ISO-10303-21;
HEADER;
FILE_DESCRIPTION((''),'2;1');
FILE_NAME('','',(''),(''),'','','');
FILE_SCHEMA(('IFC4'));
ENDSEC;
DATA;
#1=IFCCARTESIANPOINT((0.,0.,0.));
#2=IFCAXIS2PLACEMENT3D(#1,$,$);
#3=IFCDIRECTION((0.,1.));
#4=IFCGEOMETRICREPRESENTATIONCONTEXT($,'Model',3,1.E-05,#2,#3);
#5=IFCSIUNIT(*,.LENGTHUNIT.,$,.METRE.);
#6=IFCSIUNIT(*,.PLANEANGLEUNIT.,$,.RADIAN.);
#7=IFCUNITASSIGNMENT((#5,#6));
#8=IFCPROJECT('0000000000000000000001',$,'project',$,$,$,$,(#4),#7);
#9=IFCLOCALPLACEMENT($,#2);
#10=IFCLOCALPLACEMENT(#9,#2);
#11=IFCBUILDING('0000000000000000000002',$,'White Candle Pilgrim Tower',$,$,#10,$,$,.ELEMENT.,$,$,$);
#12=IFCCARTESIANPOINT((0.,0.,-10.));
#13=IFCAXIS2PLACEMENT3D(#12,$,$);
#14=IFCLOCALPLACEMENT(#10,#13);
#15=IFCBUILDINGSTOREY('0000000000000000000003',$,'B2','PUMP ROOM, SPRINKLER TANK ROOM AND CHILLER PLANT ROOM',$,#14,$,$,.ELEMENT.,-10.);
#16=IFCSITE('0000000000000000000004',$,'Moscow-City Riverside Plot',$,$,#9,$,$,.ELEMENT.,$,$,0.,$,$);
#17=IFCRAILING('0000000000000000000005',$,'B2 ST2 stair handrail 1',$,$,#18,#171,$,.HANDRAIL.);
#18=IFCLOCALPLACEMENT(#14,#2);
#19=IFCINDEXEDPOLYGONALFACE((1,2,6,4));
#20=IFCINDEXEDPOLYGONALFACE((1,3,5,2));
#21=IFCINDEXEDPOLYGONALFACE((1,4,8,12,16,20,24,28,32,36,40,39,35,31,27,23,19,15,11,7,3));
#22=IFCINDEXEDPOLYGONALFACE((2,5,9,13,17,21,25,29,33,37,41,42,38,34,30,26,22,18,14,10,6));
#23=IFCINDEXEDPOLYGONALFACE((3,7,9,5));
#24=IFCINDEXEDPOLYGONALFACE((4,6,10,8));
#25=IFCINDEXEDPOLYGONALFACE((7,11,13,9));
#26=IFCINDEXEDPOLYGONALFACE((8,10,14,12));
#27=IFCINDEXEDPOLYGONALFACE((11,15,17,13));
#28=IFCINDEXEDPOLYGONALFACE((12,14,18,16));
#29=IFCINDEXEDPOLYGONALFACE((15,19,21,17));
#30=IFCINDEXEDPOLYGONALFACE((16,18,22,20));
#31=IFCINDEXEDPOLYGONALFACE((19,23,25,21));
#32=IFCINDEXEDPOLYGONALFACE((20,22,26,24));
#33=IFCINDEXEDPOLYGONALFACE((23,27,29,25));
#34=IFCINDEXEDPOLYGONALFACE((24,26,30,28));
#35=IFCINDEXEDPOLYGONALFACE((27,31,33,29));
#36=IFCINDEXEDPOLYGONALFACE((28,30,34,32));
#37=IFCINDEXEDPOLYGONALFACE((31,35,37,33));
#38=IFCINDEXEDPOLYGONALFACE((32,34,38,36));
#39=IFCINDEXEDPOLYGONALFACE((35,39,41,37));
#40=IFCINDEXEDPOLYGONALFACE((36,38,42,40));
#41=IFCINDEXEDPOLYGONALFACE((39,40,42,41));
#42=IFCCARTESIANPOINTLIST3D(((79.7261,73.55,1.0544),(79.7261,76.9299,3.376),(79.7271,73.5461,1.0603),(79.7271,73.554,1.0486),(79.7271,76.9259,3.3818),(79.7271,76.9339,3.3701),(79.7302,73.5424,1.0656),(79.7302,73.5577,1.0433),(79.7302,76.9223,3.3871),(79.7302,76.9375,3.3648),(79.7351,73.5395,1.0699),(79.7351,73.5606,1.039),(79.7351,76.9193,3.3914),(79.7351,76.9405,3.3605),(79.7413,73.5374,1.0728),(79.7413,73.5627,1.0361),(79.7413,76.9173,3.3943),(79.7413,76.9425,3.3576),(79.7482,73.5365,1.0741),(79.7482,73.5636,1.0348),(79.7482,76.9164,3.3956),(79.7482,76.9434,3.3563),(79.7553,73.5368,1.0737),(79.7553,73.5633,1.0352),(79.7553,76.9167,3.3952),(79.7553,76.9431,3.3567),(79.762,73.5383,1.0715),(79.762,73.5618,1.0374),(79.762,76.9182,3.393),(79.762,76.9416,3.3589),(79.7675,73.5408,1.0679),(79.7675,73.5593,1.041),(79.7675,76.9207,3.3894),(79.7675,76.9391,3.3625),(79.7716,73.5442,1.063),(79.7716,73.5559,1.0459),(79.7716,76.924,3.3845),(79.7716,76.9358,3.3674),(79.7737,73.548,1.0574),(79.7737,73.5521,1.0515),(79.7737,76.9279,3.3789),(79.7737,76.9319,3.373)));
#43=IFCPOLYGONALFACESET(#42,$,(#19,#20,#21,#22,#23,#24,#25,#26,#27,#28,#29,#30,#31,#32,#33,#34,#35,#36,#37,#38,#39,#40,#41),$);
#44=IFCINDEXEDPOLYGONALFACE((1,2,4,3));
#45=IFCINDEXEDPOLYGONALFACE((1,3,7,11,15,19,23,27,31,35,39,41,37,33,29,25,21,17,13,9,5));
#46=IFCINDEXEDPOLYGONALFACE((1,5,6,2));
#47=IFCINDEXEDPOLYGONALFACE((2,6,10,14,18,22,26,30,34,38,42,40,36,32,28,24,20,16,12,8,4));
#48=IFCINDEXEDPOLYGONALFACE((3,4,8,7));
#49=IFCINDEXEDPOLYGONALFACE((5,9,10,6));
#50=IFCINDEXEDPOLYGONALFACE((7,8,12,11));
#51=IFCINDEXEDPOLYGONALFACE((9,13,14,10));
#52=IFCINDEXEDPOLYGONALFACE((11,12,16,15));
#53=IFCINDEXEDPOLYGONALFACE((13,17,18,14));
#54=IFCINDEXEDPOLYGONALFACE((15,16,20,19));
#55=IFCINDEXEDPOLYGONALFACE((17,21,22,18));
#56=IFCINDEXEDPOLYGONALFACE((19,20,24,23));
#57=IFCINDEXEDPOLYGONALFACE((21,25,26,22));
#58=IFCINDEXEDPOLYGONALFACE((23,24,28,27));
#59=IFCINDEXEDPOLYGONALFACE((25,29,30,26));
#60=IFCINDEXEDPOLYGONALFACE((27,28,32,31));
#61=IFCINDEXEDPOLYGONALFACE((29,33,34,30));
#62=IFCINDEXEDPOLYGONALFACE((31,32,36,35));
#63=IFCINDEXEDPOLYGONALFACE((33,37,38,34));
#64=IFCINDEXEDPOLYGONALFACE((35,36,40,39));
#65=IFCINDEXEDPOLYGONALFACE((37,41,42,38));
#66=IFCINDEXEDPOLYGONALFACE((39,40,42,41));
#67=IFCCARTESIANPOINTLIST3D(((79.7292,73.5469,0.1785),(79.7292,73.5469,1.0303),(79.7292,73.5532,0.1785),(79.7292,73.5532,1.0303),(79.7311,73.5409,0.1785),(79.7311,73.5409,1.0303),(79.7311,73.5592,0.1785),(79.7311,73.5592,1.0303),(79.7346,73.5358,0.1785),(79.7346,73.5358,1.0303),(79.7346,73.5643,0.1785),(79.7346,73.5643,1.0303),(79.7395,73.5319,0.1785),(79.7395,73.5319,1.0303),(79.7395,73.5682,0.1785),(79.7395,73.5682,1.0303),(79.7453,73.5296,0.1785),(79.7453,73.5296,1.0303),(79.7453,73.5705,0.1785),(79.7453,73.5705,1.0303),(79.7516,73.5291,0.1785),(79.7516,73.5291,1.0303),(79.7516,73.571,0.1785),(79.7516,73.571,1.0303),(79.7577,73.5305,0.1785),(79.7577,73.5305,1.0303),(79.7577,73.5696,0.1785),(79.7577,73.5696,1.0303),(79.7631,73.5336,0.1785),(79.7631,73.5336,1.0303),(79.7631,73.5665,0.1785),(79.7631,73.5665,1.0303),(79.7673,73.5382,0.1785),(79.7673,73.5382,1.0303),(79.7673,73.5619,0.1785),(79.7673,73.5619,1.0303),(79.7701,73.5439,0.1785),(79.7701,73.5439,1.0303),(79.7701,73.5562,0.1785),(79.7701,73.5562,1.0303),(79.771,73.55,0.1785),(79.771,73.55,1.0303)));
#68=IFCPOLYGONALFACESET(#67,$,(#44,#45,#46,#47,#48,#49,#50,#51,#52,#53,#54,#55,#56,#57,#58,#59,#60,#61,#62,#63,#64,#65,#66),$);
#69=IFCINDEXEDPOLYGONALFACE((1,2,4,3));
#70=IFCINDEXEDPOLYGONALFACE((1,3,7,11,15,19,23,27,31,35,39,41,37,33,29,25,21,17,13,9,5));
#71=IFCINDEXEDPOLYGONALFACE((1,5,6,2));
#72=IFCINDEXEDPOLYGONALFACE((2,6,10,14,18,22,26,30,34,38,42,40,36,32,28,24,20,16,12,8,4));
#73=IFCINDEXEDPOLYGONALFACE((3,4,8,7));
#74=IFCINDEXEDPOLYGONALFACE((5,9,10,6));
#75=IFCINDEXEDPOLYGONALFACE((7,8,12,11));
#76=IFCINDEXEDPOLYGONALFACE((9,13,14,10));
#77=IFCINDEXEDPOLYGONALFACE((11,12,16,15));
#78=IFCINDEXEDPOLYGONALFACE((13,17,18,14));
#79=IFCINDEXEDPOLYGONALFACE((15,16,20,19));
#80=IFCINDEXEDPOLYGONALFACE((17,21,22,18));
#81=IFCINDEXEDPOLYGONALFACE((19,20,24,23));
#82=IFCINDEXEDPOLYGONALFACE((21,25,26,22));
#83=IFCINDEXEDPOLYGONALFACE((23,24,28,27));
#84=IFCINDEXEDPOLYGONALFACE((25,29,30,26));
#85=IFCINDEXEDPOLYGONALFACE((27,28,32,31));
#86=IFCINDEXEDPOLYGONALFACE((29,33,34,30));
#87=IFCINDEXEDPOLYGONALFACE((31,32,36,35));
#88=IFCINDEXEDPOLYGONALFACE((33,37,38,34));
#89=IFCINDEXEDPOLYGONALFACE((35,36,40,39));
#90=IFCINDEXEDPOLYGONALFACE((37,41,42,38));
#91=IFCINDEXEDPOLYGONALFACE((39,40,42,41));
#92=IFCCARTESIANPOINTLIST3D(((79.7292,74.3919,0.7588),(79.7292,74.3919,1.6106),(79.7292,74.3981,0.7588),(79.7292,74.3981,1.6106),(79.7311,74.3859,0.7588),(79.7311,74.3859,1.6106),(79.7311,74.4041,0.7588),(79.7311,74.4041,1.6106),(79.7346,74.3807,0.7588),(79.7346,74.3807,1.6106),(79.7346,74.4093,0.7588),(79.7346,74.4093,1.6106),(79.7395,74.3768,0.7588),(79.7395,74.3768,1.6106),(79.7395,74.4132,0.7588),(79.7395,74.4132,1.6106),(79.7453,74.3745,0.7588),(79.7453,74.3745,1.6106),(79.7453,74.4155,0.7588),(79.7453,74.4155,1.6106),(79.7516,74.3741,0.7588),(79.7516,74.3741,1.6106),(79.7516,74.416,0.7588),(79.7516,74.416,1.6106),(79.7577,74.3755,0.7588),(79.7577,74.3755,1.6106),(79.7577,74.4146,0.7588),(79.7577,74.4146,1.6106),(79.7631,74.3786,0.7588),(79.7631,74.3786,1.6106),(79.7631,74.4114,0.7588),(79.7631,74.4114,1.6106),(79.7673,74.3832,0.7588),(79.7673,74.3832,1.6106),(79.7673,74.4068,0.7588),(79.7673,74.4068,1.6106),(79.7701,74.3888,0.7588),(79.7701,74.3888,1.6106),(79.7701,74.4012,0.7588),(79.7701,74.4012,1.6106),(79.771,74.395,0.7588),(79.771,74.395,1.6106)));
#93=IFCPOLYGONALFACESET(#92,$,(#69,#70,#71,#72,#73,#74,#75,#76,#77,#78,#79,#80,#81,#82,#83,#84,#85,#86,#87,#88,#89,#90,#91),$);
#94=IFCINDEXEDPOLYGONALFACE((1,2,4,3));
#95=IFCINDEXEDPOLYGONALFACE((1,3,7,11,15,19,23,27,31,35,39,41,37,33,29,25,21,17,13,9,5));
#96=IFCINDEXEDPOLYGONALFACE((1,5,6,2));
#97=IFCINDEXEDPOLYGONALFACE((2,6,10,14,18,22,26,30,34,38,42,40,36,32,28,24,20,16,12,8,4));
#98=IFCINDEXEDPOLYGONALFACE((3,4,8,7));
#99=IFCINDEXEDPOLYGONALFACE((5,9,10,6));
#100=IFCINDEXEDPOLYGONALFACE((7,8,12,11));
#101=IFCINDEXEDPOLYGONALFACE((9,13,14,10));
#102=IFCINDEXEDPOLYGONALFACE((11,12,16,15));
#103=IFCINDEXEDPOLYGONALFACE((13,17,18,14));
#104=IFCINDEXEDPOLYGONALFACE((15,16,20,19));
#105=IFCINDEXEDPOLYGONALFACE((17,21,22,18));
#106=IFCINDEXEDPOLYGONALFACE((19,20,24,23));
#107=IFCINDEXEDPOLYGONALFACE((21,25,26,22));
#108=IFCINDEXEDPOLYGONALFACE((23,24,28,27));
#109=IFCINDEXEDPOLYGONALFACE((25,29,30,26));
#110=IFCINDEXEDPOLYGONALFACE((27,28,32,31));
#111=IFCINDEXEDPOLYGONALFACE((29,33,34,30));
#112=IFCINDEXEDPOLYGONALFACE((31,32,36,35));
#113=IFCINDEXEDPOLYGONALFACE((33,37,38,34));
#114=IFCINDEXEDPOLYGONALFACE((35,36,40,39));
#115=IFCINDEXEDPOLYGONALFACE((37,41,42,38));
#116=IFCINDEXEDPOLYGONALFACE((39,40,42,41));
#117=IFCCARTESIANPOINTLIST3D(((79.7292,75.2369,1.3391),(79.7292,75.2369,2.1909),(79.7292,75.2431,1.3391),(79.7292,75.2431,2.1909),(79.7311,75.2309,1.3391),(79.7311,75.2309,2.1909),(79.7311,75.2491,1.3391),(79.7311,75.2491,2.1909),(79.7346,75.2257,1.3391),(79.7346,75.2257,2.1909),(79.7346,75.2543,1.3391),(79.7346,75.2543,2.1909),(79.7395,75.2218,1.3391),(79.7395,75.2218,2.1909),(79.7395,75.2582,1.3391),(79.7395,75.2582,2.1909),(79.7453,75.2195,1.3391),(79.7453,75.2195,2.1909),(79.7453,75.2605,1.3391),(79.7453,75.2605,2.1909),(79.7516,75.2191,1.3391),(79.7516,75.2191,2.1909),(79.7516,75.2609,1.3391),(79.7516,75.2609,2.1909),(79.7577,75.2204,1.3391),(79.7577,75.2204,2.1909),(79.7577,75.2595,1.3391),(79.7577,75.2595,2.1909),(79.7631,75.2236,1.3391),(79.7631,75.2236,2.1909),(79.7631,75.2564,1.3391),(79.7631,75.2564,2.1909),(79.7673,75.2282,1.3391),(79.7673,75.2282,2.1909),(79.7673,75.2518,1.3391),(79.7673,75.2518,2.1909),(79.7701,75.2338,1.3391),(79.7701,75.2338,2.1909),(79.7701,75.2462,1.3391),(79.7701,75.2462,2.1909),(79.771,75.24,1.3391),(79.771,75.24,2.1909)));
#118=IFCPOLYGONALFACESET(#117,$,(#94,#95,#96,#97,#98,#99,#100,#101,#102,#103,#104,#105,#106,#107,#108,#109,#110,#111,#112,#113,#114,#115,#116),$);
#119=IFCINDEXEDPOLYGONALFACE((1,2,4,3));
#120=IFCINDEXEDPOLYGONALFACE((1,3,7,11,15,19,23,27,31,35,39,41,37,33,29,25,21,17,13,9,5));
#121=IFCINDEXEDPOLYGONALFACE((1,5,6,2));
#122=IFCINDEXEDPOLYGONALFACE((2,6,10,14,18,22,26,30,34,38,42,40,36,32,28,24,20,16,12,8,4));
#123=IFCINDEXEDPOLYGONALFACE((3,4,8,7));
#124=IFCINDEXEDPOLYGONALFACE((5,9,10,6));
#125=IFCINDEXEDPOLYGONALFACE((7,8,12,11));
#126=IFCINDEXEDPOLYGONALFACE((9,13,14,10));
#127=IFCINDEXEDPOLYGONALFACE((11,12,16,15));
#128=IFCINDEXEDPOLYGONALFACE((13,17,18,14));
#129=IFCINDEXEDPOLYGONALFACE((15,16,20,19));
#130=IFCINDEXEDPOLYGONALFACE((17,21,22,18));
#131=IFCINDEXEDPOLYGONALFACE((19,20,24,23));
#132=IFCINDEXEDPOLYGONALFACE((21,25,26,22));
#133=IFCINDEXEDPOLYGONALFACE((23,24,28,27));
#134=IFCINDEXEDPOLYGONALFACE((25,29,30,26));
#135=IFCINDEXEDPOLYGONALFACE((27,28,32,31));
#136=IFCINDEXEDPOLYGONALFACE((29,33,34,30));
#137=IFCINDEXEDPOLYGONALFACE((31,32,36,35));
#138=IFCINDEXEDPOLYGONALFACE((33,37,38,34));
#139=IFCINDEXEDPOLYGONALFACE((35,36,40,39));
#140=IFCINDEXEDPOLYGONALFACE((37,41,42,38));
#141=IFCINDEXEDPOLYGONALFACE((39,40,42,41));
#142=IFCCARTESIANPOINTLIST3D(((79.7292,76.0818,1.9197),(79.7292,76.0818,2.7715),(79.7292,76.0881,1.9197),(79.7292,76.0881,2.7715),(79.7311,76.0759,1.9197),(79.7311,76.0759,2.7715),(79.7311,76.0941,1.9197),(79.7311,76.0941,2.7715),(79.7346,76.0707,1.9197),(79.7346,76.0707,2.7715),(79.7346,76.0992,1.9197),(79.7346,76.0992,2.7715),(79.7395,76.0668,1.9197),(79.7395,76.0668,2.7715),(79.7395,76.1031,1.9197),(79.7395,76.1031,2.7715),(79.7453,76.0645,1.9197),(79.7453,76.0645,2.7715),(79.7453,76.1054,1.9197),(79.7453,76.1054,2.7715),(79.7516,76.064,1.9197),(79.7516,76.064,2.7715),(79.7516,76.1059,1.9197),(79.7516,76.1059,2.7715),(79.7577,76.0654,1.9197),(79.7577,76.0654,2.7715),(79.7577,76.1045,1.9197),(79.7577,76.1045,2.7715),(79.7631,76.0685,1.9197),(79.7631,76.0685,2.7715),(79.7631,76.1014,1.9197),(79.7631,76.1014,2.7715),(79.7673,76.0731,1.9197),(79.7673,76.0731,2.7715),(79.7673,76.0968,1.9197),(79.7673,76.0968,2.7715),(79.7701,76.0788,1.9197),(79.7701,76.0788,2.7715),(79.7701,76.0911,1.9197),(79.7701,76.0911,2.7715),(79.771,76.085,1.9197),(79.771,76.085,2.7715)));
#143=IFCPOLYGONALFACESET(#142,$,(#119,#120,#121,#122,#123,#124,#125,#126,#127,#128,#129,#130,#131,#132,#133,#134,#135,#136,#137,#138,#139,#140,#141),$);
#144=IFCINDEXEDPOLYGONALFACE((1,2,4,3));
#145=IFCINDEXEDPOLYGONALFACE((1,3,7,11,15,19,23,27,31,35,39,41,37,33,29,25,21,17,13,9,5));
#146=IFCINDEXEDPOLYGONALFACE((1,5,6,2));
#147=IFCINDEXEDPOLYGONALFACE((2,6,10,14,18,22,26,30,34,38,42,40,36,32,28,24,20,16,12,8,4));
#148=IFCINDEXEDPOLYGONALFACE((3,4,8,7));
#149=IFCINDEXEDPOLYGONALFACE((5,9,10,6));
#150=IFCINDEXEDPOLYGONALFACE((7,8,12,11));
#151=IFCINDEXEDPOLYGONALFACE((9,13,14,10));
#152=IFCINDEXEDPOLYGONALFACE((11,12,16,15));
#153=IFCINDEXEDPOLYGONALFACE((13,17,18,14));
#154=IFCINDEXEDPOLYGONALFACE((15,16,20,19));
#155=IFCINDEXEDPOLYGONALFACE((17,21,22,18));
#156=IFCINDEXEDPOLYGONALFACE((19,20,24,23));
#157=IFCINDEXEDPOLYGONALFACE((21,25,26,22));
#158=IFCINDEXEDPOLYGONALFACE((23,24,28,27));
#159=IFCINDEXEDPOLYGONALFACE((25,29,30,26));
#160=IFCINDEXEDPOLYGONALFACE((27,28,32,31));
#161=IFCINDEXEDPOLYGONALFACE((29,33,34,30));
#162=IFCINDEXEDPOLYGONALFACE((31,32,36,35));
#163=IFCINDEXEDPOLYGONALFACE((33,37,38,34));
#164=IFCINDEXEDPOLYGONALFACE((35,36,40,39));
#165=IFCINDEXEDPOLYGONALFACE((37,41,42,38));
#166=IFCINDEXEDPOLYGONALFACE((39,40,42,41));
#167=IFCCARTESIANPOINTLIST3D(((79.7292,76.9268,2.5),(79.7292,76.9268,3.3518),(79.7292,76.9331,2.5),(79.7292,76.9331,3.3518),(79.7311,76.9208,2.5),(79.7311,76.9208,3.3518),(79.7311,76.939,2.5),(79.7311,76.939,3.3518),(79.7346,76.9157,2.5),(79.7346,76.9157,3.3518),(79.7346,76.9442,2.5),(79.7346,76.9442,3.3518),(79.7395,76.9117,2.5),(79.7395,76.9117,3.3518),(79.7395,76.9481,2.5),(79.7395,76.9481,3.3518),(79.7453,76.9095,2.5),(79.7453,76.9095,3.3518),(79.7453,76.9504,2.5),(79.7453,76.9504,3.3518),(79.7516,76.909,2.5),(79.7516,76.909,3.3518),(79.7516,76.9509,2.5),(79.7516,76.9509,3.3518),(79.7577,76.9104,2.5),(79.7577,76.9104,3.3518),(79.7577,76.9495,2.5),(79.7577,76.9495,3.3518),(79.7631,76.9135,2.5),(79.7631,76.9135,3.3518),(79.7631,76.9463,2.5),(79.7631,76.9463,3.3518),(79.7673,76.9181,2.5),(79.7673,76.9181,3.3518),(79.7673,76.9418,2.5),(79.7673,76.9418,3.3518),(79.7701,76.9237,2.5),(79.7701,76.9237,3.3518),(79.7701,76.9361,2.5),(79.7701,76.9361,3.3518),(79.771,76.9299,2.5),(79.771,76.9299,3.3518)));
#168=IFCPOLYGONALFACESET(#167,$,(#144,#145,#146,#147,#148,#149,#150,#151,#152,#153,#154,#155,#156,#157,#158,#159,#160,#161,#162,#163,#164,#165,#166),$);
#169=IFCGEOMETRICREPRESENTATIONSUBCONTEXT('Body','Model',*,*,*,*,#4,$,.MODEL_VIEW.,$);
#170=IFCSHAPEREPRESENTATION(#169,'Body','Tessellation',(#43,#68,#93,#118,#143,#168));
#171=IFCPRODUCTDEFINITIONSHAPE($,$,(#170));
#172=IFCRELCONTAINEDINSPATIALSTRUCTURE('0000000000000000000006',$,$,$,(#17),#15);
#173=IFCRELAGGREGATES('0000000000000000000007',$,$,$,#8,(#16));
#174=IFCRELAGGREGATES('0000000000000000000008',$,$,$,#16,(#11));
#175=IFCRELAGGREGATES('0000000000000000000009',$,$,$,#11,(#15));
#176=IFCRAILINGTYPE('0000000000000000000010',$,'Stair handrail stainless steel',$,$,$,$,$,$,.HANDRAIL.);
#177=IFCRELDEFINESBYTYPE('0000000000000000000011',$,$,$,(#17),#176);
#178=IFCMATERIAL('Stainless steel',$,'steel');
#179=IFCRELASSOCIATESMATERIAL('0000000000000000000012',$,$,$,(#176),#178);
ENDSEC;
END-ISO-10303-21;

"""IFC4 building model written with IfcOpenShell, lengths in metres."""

from ifc_helpers import new_model, si_unit, direction, frame, origin, origin_2d, place, context, subcontext, project, spatial, circle, extrude, material, type_object, element, save


model = new_model("IFC4")

# Units and contexts
model_context = context("Model", 3, precision=1e-05, world=origin(), true_north=direction((0.0, 1.0)))
body_context = subcontext(model_context, "Body", "Model", "MODEL_VIEW")
ifc_project = project(units=[si_unit("LENGTHUNIT", "METRE"), si_unit("PLANEANGLEUNIT", "RADIAN")], contexts=[model_context])

# Site, building, storey
site_placement = place(None, origin())
site = spatial("IfcSite", under=ifc_project, at=site_placement, Name="Moscow-City Riverside Plot", CompositionType="ELEMENT", RefElevation=0.0)
building_placement = place(site_placement, origin())
building = spatial("IfcBuilding", under=site, at=building_placement, Name="White Candle Pilgrim Tower", CompositionType="ELEMENT")
storey_placement = place(building_placement, frame((0.0, 0.0, -10.0)))
storey = spatial("IfcBuildingStorey", under=building, at=storey_placement, Name="B2", Description="PUMP ROOM, SPRINKLER TANK ROOM AND CHILLER PLANT ROOM", CompositionType="ELEMENT", Elevation=-10.0)

# Railing
ifc_material_1 = material(Name="Stainless steel", Category="steel")
railing_type_1 = type_object("IfcRailingType", Name="Stair handrail stainless steel", PredefinedType="HANDRAIL", material=ifc_material_1)
railing_1_placement = place(storey_placement, frame((79.75, 73.55, 0.1785)))
element("IfcRailing", 1, at=railing_1_placement, inside=storey, type_object=railing_type_1, Name="B2 ST2 stair handrail 1", PredefinedType="HANDRAIL", context=body_context, shape_type="SweptSolid", body=[
    extrude(circle(Radius=0.0239, at=origin_2d()), frame((0.0, 0.0, 0.876), z_axis=(0.0, 0.824285, 0.566175), x_axis=(-1.0, 0.0, 0.0)), (0.0, 0.0, 1.0), 4.1003),
    extrude(circle(Radius=0.021, at=origin_2d()), origin(), (0.0, 0.0, 1.0), 0.8518),
    extrude(circle(Radius=0.021, at=origin_2d()), frame((0.0, 0.845, 0.5803)), (0.0, 0.0, 1.0), 0.8518),
    extrude(circle(Radius=0.021, at=origin_2d()), frame((0.0, 1.6899, 1.1606)), (0.0, 0.0, 1.0), 0.8518),
    extrude(circle(Radius=0.021, at=origin_2d()), frame((0.0, 2.5349, 1.7412)), (0.0, 0.0, 1.0), 0.8518),
    extrude(circle(Radius=0.021, at=origin_2d()), frame((0.0, 3.3799, 2.3215)), (0.0, 0.0, 1.0), 0.8518),
])

save(model, "model.ifc")
